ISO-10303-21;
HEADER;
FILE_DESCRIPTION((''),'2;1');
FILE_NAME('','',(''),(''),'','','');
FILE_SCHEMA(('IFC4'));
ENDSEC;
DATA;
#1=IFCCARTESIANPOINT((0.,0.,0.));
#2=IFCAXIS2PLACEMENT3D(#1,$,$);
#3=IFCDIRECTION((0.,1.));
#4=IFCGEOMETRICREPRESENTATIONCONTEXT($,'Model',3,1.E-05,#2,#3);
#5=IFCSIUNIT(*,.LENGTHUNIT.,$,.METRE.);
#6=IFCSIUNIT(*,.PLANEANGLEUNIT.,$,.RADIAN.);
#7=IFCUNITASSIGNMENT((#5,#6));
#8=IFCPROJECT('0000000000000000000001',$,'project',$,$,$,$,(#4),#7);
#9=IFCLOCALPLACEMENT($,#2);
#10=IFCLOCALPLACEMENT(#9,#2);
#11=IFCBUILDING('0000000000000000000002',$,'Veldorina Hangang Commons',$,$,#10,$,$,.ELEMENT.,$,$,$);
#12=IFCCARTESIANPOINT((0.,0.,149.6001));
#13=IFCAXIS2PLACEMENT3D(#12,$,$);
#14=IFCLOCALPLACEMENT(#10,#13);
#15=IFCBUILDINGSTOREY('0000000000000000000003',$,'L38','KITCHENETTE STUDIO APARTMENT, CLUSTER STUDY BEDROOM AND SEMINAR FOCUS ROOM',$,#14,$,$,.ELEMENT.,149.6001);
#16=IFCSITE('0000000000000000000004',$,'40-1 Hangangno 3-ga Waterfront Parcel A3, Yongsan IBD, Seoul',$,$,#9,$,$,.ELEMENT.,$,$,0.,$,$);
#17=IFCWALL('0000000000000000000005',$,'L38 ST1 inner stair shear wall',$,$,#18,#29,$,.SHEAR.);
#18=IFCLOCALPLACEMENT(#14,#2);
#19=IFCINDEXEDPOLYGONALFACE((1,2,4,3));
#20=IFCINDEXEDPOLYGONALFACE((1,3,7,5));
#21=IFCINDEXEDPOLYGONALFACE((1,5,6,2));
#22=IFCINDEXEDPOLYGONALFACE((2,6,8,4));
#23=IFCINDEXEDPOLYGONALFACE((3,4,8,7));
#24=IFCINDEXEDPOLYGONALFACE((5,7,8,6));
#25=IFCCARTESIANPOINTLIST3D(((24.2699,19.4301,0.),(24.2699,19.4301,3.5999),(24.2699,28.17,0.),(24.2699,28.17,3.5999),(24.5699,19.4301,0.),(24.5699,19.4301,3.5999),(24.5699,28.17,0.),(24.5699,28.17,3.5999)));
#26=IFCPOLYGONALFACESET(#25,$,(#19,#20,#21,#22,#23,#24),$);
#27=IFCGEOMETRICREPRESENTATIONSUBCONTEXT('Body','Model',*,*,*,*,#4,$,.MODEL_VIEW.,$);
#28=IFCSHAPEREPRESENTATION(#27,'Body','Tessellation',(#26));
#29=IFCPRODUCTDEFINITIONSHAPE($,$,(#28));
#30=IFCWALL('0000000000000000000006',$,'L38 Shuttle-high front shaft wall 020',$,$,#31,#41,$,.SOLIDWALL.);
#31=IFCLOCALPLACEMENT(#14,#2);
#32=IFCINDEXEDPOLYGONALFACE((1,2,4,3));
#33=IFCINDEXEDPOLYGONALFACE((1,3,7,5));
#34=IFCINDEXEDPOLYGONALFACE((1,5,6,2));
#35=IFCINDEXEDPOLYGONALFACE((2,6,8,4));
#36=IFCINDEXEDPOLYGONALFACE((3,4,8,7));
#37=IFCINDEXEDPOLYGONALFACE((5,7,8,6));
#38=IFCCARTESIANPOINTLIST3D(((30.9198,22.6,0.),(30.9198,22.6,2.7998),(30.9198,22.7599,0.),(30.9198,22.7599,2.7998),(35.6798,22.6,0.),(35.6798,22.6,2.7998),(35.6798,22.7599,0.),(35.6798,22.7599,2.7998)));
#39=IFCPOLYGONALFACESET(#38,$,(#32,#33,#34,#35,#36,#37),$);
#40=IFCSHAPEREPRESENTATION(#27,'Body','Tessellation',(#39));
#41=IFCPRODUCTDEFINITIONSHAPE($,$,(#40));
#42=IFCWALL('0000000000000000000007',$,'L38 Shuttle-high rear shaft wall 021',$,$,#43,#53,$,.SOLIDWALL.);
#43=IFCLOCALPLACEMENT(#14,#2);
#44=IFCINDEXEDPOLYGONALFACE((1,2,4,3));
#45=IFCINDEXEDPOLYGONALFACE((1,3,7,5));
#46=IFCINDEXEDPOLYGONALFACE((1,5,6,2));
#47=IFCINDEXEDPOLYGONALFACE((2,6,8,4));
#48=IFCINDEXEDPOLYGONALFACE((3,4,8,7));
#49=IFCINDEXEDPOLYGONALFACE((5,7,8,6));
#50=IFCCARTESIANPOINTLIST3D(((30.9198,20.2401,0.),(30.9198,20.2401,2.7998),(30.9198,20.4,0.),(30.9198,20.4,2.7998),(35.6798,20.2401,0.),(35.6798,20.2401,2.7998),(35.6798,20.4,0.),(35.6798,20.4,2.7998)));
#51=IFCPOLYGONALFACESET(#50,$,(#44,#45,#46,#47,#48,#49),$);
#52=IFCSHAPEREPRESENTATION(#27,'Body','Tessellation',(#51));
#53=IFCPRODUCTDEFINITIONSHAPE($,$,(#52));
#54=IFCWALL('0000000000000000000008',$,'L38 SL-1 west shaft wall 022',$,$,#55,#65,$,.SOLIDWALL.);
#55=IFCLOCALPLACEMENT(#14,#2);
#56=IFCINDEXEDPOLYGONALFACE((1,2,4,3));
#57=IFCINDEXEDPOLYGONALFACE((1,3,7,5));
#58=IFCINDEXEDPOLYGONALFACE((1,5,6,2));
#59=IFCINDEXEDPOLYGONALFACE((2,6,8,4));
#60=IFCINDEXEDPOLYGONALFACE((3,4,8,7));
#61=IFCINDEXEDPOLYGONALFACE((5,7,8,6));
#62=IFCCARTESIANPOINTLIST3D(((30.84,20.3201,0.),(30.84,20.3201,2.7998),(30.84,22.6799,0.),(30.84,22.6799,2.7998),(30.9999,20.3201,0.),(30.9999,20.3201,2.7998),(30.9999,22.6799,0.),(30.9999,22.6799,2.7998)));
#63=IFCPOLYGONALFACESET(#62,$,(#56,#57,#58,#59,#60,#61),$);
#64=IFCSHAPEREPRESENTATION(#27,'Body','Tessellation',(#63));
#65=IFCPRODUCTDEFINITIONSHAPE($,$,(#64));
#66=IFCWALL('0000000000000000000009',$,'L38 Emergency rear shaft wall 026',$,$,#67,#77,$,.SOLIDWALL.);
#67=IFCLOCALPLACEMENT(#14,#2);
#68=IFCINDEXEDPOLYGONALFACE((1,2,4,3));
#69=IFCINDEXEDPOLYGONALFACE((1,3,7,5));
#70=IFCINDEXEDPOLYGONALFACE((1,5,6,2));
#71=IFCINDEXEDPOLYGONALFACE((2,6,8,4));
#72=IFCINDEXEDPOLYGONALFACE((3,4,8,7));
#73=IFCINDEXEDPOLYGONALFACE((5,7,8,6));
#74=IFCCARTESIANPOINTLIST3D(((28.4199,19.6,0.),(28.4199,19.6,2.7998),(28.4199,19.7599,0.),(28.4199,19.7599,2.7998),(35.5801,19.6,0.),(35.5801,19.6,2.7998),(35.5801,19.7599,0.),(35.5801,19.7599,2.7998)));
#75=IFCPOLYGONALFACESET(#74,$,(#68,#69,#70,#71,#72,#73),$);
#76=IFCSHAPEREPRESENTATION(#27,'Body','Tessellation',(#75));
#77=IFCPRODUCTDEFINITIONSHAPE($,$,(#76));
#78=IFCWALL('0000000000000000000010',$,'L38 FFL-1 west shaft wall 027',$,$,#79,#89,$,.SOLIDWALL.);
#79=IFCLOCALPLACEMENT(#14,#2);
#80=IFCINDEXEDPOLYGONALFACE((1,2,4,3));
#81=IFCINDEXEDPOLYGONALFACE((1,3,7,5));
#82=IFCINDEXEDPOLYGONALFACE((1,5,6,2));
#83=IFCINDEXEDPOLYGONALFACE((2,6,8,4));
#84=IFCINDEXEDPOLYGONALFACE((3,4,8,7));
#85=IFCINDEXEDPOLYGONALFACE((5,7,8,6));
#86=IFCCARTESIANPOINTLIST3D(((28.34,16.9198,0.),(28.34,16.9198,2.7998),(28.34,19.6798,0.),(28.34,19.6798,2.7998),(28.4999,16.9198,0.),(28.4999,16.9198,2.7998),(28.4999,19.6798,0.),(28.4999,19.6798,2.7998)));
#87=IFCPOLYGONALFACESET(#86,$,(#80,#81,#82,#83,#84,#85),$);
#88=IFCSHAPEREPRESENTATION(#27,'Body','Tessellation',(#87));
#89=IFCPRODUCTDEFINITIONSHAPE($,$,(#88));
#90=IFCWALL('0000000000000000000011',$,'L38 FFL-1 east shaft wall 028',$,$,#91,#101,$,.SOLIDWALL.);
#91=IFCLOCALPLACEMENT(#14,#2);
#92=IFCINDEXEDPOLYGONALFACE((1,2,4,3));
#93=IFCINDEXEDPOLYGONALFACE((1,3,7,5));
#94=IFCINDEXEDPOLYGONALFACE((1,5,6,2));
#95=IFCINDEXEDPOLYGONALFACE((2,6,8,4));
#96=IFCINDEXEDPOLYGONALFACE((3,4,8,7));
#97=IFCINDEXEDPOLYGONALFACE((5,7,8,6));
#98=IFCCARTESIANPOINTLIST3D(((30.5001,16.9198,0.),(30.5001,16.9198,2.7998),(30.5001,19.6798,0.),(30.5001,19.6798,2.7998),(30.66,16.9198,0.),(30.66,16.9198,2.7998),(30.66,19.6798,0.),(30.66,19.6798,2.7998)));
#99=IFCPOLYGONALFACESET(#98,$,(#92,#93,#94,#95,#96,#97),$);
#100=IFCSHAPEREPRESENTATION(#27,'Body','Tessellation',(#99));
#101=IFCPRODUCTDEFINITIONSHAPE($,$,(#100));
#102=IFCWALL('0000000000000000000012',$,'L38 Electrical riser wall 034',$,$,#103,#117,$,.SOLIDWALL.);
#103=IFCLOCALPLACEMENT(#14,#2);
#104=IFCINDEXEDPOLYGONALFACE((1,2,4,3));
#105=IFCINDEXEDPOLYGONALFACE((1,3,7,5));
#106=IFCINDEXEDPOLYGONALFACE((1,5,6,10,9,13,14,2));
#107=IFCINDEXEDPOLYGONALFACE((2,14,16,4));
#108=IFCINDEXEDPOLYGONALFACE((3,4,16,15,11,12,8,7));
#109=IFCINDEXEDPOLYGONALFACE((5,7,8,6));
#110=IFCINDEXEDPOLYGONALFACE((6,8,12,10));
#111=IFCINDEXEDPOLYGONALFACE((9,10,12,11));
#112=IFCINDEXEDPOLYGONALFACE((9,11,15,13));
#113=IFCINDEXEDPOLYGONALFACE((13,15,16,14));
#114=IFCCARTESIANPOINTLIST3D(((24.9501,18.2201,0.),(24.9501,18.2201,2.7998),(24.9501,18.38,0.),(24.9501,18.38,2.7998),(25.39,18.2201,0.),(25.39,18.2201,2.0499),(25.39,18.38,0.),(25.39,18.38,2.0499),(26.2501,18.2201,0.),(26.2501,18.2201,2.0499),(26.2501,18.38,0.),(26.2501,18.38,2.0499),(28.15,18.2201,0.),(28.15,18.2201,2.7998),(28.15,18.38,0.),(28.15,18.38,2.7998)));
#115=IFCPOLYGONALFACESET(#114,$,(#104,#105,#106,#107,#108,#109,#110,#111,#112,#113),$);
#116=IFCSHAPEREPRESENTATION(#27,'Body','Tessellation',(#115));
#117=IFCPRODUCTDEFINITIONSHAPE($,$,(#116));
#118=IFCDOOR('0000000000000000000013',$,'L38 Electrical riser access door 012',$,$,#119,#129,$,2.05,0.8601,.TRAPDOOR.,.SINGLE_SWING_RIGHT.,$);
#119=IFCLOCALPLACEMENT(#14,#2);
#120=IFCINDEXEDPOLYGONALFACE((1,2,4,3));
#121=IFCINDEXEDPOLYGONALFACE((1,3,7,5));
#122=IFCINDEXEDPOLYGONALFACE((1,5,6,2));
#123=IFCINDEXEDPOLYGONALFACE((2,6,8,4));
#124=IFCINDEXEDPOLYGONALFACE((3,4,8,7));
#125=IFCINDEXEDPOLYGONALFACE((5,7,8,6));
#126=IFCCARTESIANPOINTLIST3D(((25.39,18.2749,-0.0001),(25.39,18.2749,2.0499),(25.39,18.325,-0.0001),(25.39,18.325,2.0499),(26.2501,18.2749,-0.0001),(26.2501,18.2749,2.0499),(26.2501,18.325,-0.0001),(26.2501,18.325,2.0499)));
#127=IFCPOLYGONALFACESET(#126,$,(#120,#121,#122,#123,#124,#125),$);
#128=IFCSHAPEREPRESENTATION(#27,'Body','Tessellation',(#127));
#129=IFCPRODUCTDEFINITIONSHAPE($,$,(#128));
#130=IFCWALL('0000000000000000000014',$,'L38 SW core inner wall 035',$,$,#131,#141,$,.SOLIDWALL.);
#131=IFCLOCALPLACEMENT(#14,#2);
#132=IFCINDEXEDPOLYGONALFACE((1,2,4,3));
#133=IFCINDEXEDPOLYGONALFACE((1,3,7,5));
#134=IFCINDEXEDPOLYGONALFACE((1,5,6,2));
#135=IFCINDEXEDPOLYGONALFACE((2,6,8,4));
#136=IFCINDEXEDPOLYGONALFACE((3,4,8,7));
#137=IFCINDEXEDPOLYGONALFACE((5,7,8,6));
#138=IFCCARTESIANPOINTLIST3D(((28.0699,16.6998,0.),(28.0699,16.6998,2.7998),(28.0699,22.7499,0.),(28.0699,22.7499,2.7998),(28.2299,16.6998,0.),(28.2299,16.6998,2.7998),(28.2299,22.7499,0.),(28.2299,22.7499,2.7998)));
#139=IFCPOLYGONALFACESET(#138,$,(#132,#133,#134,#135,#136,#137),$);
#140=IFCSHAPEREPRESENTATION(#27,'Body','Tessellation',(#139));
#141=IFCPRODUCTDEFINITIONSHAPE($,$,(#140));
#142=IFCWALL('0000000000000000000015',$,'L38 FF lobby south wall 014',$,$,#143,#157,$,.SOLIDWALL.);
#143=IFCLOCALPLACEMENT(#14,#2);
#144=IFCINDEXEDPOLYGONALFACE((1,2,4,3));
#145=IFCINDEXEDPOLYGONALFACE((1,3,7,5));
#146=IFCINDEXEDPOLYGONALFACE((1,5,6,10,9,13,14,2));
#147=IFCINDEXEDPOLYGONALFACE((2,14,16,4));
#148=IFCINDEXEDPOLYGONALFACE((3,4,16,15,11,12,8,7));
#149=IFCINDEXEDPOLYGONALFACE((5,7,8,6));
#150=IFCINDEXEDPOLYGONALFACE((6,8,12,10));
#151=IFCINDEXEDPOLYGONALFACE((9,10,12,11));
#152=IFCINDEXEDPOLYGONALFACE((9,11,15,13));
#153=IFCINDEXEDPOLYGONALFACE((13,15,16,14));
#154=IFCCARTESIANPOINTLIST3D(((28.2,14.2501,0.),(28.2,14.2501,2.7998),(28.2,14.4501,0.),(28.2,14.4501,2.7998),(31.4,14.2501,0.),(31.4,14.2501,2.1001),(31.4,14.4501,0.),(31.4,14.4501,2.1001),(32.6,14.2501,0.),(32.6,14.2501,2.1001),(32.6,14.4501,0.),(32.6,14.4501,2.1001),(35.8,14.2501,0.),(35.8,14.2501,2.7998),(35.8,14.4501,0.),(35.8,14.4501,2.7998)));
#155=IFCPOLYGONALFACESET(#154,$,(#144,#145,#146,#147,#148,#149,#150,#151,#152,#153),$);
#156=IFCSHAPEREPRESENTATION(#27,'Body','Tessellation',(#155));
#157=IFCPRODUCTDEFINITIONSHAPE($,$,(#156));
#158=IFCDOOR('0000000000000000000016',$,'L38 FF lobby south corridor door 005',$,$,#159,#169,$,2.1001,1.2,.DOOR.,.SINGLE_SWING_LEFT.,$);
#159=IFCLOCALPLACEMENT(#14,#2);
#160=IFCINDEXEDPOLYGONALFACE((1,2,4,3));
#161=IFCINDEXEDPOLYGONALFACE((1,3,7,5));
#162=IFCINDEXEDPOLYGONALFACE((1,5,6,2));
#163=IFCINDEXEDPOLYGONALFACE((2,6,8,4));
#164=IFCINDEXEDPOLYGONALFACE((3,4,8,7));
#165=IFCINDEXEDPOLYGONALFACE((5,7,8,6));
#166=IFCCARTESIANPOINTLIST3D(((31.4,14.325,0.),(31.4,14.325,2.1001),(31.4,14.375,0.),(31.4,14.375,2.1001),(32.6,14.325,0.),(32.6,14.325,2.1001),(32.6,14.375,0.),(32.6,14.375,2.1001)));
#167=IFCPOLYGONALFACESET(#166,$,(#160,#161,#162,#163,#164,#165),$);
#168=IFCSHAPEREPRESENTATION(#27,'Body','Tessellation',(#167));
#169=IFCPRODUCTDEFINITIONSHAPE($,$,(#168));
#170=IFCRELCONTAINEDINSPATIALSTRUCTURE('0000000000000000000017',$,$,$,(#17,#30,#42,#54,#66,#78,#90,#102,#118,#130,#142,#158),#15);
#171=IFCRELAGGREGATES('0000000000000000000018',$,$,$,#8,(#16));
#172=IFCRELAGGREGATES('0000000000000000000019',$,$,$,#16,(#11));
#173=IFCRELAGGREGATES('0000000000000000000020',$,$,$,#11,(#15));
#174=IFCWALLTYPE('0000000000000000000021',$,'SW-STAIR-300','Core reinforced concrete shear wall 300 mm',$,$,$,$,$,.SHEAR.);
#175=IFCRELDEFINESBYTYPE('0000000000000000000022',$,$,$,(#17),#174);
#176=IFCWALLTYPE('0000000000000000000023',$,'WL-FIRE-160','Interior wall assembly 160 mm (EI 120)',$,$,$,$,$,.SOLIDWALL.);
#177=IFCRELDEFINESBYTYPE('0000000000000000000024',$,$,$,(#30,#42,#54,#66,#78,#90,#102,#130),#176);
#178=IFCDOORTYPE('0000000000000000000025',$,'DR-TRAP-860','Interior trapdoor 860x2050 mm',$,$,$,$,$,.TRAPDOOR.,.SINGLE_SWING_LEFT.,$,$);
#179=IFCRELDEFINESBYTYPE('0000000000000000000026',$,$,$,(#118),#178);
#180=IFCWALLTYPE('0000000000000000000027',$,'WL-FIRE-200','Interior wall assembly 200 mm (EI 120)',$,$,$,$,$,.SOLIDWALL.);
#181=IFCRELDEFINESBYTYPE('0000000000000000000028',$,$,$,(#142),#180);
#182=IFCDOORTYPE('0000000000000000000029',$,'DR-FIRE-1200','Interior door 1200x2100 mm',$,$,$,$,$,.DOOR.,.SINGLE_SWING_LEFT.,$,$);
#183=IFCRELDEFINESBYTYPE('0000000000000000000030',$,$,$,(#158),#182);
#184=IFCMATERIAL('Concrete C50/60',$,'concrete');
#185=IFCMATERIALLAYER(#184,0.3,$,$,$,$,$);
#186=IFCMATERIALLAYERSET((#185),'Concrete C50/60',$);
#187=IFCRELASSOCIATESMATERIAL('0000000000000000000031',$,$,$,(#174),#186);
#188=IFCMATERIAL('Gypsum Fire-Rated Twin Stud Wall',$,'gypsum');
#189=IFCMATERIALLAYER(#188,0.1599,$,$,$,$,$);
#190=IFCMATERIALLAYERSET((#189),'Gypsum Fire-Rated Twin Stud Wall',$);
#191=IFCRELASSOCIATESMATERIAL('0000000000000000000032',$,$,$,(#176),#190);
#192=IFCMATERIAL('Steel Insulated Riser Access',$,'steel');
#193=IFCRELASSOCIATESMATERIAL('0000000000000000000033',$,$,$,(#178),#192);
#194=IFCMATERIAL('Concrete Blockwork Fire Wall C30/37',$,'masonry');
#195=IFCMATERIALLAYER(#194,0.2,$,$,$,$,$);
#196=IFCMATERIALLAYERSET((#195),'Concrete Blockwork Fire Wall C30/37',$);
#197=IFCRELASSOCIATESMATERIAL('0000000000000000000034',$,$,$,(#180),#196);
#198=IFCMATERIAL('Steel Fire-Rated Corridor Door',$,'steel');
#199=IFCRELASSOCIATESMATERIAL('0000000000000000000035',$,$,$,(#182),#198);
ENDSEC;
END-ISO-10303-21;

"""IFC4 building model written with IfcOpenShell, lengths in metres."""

from ifc_helpers import new_model, si_unit, direction, frame, frame_2d, origin, place, context, subcontext, project, spatial, rectangle, extrude, material, layer, layer_set, type_object, element, fill, save


model = new_model("IFC4")

# Units and contexts
model_context = context("Model", 3, precision=1e-05, world=origin(), true_north=direction((0.0, 1.0)))
body_context = subcontext(model_context, "Body", "Model", "MODEL_VIEW")
ifc_project = project(units=[si_unit("LENGTHUNIT", "METRE"), si_unit("PLANEANGLEUNIT", "RADIAN")], contexts=[model_context])

# Site, building, storey
site_placement = place(None, origin())
site = spatial("IfcSite", under=ifc_project, at=site_placement, Name="40-1 Hangangno 3-ga Waterfront Parcel A3, Yongsan IBD, Seoul", CompositionType="ELEMENT", RefElevation=0.0)
building_placement = place(site_placement, origin())
building = spatial("IfcBuilding", under=site, at=building_placement, Name="Veldorina Hangang Commons", CompositionType="ELEMENT")
storey_placement = place(building_placement, frame((0.0, 0.0, 149.6001)))
storey = spatial("IfcBuildingStorey", under=building, at=storey_placement, Name="L38", Description="KITCHENETTE STUDIO APARTMENT, CLUSTER STUDY BEDROOM AND SEMINAR FOCUS ROOM", CompositionType="ELEMENT", Elevation=149.6001)

# Walls
ifc_material_1 = material(Name="Concrete C50/60", Category="concrete")
ifc_layer_1 = layer(ifc_material_1, 0.3)
ifc_layer_set_1 = layer_set([ifc_layer_1], Name="Concrete C50/60")
wall_type_1 = type_object("IfcWallType", Name="SW-STAIR-300", Description="Core reinforced concrete shear wall 300 mm", PredefinedType="SHEAR", material=ifc_layer_set_1)
wall_1_placement = place(storey_placement, frame((24.4199, 19.4299, 0.0), z_axis=(0.0, 0.0, 1.0), x_axis=(0.0, 1.0, 0.0)))
element("IfcWall", 1, at=wall_1_placement, inside=storey, type_object=wall_type_1, Name="L38 ST1 inner stair shear wall", PredefinedType="SHEAR", context=body_context, shape_type="SweptSolid", body=[
    extrude(rectangle(XDim=8.74, YDim=0.3, at=frame_2d((4.3701, 0.0))), origin(), (0.0, 0.0, 1.0), 3.5999),
])
ifc_material_2 = material(Name="Gypsum Fire-Rated Twin Stud Wall", Category="gypsum")
ifc_layer_2 = layer(ifc_material_2, 0.1599)
ifc_layer_set_2 = layer_set([ifc_layer_2], Name="Gypsum Fire-Rated Twin Stud Wall")
wall_type_2 = type_object("IfcWallType", Name="WL-FIRE-160", Description="Interior wall assembly 160 mm (EI 120)", PredefinedType="SOLIDWALL", material=ifc_layer_set_2)
for number, where, z_axis, x_axis, name in (
    (2, (30.9199, 22.6799, 0.0), (0.0, 0.0, 1.0), (1.0, 0.0, 0.0), "L38 Shuttle-high front shaft wall 020"),
    (3, (30.9199, 20.3201, 0.0), (0.0, 0.0, 1.0), (1.0, 0.0, 0.0), "L38 Shuttle-high rear shaft wall 021"),
):
    element("IfcWall", number, at=place(storey_placement, frame(where, z_axis=z_axis, x_axis=x_axis)), inside=storey, type_object=wall_type_2, Name=name, PredefinedType="SOLIDWALL", context=body_context, shape_type="SweptSolid", body=[
        extrude(rectangle(XDim=4.76, YDim=0.1599, at=frame_2d((2.3799, 0.0))), origin(), (0.0, 0.0, 1.0), 2.7998),
    ])
wall_2_placement = place(storey_placement, frame((30.9199, 20.3201, 0.0), z_axis=(0.0, 0.0, 1.0), x_axis=(0.0, 1.0, 0.0)))
element("IfcWall", 4, at=wall_2_placement, inside=storey, type_object=wall_type_2, Name="L38 SL-1 west shaft wall 022", PredefinedType="SOLIDWALL", context=body_context, shape_type="SweptSolid", body=[
    extrude(rectangle(XDim=2.3599, YDim=0.1599, at=frame_2d((1.1799, 0.0))), origin(), (0.0, 0.0, 1.0), 2.7998),
])

# Walls
wall_3_placement = place(storey_placement, frame((28.4199, 19.6799, 0.0), z_axis=(0.0, 0.0, 1.0), x_axis=(1.0, 0.0, 0.0)))
element("IfcWall", 5, at=wall_3_placement, inside=storey, type_object=wall_type_2, Name="L38 Emergency rear shaft wall 026", PredefinedType="SOLIDWALL", context=body_context, shape_type="SweptSolid", body=[
    extrude(rectangle(XDim=7.1602, YDim=0.1599, at=frame_2d((3.5801, 0.0))), origin(), (0.0, 0.0, 1.0), 2.7998),
])
for number, where, z_axis, x_axis, name in (
    (6, (28.4199, 16.9199, 0.0), (0.0, 0.0, 1.0), (0.0, 1.0, 0.0), "L38 FFL-1 west shaft wall 027"),
    (7, (30.5801, 16.9199, 0.0), (0.0, 0.0, 1.0), (0.0, 1.0, 0.0), "L38 FFL-1 east shaft wall 028"),
):
    element("IfcWall", number, at=place(storey_placement, frame(where, z_axis=z_axis, x_axis=x_axis)), inside=storey, type_object=wall_type_2, Name=name, PredefinedType="SOLIDWALL", context=body_context, shape_type="SweptSolid", body=[
        extrude(rectangle(XDim=2.76, YDim=0.1599, at=frame_2d((1.3799, 0.0))), origin(), (0.0, 0.0, 1.0), 2.7998),
    ])

# Wall, opening, door
wall_4_placement = place(storey_placement, frame((24.95, 18.3, 0.0), z_axis=(0.0, 0.0, 1.0), x_axis=(1.0, 0.0, 0.0)))
wall_4 = element("IfcWall", 8, at=wall_4_placement, inside=storey, type_object=wall_type_2, Name="L38 Electrical riser wall 034", PredefinedType="SOLIDWALL", context=body_context, shape_type="SweptSolid", body=[
    extrude(rectangle(XDim=3.2, YDim=0.1599, at=frame_2d((1.6001, 0.0))), origin(), (0.0, 0.0, 1.0), 2.7998),
])
opening_1_placement = place(wall_4_placement, frame((0.4399, 0.0, 0.0)))
opening_1 = element("IfcOpeningElement", 9, at=opening_1_placement, cuts=wall_4, PredefinedType="OPENING", context=body_context, shape_type="SweptSolid", body=[
    extrude(rectangle(XDim=0.8601, YDim=2.05, at=frame_2d((0.4302, 1.0249))), frame((0.0, 0.0898, 0.0), z_axis=(0.0, -1.0, 0.0), x_axis=(1.0, 0.0, 0.0)), (0.0, 0.0, 1.0), 0.1799),
])
ifc_material_3 = material(Name="Steel Insulated Riser Access", Category="steel")
door_type_1 = type_object("IfcDoorType", Name="DR-TRAP-860", Description="Interior trapdoor 860x2050 mm", OperationType="SINGLE_SWING_LEFT", PredefinedType="TRAPDOOR", material=ifc_material_3)
door_1_placement = place(opening_1_placement, origin())
door_1 = element("IfcDoor", 10, at=door_1_placement, inside=storey, type_object=door_type_1, Name="L38 Electrical riser access door 012", OperationType="SINGLE_SWING_RIGHT", OverallHeight=2.05, OverallWidth=0.8601, PredefinedType="TRAPDOOR", context=body_context, shape_type="SweptSolid", body=[
    extrude(rectangle(XDim=0.8601, YDim=2.05, at=frame_2d((0.4302, 1.0249))), frame((0.0, 0.0249, 0.0), z_axis=(0.0, -1.0, 0.0), x_axis=(1.0, 0.0, 0.0)), (0.0, 0.0, 1.0), 0.05),
])
fill(opening_1, door_1)

# Wall
wall_5_placement = place(storey_placement, frame((28.1499, 16.7, 0.0), z_axis=(0.0, 0.0, 1.0), x_axis=(0.0, 1.0, 0.0)))
element("IfcWall", 11, at=wall_5_placement, inside=storey, type_object=wall_type_2, Name="L38 SW core inner wall 035", PredefinedType="SOLIDWALL", context=body_context, shape_type="SweptSolid", body=[
    extrude(rectangle(XDim=6.05, YDim=0.1599, at=frame_2d((3.0249, 0.0))), origin(), (0.0, 0.0, 1.0), 2.7998),
])

# Wall, opening, door
ifc_material_4 = material(Name="Concrete Blockwork Fire Wall C30/37", Category="masonry")
ifc_layer_3 = layer(ifc_material_4, 0.2)
ifc_layer_set_3 = layer_set([ifc_layer_3], Name="Concrete Blockwork Fire Wall C30/37")
wall_type_3 = type_object("IfcWallType", Name="WL-FIRE-200", Description="Interior wall assembly 200 mm (EI 120)", PredefinedType="SOLIDWALL", material=ifc_layer_set_3)
wall_6_placement = place(storey_placement, frame((28.2, 14.3501, 0.0), z_axis=(0.0, 0.0, 1.0), x_axis=(1.0, 0.0, 0.0)))
wall_6 = element("IfcWall", 12, at=wall_6_placement, inside=storey, type_object=wall_type_3, Name="L38 FF lobby south wall 014", PredefinedType="SOLIDWALL", context=body_context, shape_type="SweptSolid", body=[
    extrude(rectangle(XDim=7.6001, YDim=0.2, at=frame_2d((3.8, 0.0))), origin(), (0.0, 0.0, 1.0), 2.7998),
])
opening_2_placement = place(wall_6_placement, frame((3.2, 0.0, 0.0)))
opening_2 = element("IfcOpeningElement", 13, at=opening_2_placement, cuts=wall_6, PredefinedType="OPENING", context=body_context, shape_type="SweptSolid", body=[
    extrude(rectangle(XDim=1.2, YDim=2.1001, at=frame_2d((0.6001, 1.05))), frame((0.0, 0.1099, 0.0), z_axis=(0.0, -1.0, 0.0), x_axis=(1.0, 0.0, 0.0)), (0.0, 0.0, 1.0), 0.22),
])
ifc_material_5 = material(Name="Steel Fire-Rated Corridor Door", Category="steel")
door_type_2 = type_object("IfcDoorType", Name="DR-FIRE-1200", Description="Interior door 1200x2100 mm", OperationType="SINGLE_SWING_LEFT", PredefinedType="DOOR", material=ifc_material_5)
door_2_placement = place(opening_2_placement, origin())
door_2 = element("IfcDoor", 14, at=door_2_placement, inside=storey, type_object=door_type_2, Name="L38 FF lobby south corridor door 005", OperationType="SINGLE_SWING_LEFT", OverallHeight=2.1001, OverallWidth=1.2, PredefinedType="DOOR", context=body_context, shape_type="SweptSolid", body=[
    extrude(rectangle(XDim=1.2, YDim=2.1001, at=frame_2d((0.6001, 1.05))), frame((0.0, 0.0249, 0.0), z_axis=(0.0, -1.0, 0.0), x_axis=(1.0, 0.0, 0.0)), (0.0, 0.0, 1.0), 0.05),
])
fill(opening_2, door_2)

save(model, "model.ifc")
